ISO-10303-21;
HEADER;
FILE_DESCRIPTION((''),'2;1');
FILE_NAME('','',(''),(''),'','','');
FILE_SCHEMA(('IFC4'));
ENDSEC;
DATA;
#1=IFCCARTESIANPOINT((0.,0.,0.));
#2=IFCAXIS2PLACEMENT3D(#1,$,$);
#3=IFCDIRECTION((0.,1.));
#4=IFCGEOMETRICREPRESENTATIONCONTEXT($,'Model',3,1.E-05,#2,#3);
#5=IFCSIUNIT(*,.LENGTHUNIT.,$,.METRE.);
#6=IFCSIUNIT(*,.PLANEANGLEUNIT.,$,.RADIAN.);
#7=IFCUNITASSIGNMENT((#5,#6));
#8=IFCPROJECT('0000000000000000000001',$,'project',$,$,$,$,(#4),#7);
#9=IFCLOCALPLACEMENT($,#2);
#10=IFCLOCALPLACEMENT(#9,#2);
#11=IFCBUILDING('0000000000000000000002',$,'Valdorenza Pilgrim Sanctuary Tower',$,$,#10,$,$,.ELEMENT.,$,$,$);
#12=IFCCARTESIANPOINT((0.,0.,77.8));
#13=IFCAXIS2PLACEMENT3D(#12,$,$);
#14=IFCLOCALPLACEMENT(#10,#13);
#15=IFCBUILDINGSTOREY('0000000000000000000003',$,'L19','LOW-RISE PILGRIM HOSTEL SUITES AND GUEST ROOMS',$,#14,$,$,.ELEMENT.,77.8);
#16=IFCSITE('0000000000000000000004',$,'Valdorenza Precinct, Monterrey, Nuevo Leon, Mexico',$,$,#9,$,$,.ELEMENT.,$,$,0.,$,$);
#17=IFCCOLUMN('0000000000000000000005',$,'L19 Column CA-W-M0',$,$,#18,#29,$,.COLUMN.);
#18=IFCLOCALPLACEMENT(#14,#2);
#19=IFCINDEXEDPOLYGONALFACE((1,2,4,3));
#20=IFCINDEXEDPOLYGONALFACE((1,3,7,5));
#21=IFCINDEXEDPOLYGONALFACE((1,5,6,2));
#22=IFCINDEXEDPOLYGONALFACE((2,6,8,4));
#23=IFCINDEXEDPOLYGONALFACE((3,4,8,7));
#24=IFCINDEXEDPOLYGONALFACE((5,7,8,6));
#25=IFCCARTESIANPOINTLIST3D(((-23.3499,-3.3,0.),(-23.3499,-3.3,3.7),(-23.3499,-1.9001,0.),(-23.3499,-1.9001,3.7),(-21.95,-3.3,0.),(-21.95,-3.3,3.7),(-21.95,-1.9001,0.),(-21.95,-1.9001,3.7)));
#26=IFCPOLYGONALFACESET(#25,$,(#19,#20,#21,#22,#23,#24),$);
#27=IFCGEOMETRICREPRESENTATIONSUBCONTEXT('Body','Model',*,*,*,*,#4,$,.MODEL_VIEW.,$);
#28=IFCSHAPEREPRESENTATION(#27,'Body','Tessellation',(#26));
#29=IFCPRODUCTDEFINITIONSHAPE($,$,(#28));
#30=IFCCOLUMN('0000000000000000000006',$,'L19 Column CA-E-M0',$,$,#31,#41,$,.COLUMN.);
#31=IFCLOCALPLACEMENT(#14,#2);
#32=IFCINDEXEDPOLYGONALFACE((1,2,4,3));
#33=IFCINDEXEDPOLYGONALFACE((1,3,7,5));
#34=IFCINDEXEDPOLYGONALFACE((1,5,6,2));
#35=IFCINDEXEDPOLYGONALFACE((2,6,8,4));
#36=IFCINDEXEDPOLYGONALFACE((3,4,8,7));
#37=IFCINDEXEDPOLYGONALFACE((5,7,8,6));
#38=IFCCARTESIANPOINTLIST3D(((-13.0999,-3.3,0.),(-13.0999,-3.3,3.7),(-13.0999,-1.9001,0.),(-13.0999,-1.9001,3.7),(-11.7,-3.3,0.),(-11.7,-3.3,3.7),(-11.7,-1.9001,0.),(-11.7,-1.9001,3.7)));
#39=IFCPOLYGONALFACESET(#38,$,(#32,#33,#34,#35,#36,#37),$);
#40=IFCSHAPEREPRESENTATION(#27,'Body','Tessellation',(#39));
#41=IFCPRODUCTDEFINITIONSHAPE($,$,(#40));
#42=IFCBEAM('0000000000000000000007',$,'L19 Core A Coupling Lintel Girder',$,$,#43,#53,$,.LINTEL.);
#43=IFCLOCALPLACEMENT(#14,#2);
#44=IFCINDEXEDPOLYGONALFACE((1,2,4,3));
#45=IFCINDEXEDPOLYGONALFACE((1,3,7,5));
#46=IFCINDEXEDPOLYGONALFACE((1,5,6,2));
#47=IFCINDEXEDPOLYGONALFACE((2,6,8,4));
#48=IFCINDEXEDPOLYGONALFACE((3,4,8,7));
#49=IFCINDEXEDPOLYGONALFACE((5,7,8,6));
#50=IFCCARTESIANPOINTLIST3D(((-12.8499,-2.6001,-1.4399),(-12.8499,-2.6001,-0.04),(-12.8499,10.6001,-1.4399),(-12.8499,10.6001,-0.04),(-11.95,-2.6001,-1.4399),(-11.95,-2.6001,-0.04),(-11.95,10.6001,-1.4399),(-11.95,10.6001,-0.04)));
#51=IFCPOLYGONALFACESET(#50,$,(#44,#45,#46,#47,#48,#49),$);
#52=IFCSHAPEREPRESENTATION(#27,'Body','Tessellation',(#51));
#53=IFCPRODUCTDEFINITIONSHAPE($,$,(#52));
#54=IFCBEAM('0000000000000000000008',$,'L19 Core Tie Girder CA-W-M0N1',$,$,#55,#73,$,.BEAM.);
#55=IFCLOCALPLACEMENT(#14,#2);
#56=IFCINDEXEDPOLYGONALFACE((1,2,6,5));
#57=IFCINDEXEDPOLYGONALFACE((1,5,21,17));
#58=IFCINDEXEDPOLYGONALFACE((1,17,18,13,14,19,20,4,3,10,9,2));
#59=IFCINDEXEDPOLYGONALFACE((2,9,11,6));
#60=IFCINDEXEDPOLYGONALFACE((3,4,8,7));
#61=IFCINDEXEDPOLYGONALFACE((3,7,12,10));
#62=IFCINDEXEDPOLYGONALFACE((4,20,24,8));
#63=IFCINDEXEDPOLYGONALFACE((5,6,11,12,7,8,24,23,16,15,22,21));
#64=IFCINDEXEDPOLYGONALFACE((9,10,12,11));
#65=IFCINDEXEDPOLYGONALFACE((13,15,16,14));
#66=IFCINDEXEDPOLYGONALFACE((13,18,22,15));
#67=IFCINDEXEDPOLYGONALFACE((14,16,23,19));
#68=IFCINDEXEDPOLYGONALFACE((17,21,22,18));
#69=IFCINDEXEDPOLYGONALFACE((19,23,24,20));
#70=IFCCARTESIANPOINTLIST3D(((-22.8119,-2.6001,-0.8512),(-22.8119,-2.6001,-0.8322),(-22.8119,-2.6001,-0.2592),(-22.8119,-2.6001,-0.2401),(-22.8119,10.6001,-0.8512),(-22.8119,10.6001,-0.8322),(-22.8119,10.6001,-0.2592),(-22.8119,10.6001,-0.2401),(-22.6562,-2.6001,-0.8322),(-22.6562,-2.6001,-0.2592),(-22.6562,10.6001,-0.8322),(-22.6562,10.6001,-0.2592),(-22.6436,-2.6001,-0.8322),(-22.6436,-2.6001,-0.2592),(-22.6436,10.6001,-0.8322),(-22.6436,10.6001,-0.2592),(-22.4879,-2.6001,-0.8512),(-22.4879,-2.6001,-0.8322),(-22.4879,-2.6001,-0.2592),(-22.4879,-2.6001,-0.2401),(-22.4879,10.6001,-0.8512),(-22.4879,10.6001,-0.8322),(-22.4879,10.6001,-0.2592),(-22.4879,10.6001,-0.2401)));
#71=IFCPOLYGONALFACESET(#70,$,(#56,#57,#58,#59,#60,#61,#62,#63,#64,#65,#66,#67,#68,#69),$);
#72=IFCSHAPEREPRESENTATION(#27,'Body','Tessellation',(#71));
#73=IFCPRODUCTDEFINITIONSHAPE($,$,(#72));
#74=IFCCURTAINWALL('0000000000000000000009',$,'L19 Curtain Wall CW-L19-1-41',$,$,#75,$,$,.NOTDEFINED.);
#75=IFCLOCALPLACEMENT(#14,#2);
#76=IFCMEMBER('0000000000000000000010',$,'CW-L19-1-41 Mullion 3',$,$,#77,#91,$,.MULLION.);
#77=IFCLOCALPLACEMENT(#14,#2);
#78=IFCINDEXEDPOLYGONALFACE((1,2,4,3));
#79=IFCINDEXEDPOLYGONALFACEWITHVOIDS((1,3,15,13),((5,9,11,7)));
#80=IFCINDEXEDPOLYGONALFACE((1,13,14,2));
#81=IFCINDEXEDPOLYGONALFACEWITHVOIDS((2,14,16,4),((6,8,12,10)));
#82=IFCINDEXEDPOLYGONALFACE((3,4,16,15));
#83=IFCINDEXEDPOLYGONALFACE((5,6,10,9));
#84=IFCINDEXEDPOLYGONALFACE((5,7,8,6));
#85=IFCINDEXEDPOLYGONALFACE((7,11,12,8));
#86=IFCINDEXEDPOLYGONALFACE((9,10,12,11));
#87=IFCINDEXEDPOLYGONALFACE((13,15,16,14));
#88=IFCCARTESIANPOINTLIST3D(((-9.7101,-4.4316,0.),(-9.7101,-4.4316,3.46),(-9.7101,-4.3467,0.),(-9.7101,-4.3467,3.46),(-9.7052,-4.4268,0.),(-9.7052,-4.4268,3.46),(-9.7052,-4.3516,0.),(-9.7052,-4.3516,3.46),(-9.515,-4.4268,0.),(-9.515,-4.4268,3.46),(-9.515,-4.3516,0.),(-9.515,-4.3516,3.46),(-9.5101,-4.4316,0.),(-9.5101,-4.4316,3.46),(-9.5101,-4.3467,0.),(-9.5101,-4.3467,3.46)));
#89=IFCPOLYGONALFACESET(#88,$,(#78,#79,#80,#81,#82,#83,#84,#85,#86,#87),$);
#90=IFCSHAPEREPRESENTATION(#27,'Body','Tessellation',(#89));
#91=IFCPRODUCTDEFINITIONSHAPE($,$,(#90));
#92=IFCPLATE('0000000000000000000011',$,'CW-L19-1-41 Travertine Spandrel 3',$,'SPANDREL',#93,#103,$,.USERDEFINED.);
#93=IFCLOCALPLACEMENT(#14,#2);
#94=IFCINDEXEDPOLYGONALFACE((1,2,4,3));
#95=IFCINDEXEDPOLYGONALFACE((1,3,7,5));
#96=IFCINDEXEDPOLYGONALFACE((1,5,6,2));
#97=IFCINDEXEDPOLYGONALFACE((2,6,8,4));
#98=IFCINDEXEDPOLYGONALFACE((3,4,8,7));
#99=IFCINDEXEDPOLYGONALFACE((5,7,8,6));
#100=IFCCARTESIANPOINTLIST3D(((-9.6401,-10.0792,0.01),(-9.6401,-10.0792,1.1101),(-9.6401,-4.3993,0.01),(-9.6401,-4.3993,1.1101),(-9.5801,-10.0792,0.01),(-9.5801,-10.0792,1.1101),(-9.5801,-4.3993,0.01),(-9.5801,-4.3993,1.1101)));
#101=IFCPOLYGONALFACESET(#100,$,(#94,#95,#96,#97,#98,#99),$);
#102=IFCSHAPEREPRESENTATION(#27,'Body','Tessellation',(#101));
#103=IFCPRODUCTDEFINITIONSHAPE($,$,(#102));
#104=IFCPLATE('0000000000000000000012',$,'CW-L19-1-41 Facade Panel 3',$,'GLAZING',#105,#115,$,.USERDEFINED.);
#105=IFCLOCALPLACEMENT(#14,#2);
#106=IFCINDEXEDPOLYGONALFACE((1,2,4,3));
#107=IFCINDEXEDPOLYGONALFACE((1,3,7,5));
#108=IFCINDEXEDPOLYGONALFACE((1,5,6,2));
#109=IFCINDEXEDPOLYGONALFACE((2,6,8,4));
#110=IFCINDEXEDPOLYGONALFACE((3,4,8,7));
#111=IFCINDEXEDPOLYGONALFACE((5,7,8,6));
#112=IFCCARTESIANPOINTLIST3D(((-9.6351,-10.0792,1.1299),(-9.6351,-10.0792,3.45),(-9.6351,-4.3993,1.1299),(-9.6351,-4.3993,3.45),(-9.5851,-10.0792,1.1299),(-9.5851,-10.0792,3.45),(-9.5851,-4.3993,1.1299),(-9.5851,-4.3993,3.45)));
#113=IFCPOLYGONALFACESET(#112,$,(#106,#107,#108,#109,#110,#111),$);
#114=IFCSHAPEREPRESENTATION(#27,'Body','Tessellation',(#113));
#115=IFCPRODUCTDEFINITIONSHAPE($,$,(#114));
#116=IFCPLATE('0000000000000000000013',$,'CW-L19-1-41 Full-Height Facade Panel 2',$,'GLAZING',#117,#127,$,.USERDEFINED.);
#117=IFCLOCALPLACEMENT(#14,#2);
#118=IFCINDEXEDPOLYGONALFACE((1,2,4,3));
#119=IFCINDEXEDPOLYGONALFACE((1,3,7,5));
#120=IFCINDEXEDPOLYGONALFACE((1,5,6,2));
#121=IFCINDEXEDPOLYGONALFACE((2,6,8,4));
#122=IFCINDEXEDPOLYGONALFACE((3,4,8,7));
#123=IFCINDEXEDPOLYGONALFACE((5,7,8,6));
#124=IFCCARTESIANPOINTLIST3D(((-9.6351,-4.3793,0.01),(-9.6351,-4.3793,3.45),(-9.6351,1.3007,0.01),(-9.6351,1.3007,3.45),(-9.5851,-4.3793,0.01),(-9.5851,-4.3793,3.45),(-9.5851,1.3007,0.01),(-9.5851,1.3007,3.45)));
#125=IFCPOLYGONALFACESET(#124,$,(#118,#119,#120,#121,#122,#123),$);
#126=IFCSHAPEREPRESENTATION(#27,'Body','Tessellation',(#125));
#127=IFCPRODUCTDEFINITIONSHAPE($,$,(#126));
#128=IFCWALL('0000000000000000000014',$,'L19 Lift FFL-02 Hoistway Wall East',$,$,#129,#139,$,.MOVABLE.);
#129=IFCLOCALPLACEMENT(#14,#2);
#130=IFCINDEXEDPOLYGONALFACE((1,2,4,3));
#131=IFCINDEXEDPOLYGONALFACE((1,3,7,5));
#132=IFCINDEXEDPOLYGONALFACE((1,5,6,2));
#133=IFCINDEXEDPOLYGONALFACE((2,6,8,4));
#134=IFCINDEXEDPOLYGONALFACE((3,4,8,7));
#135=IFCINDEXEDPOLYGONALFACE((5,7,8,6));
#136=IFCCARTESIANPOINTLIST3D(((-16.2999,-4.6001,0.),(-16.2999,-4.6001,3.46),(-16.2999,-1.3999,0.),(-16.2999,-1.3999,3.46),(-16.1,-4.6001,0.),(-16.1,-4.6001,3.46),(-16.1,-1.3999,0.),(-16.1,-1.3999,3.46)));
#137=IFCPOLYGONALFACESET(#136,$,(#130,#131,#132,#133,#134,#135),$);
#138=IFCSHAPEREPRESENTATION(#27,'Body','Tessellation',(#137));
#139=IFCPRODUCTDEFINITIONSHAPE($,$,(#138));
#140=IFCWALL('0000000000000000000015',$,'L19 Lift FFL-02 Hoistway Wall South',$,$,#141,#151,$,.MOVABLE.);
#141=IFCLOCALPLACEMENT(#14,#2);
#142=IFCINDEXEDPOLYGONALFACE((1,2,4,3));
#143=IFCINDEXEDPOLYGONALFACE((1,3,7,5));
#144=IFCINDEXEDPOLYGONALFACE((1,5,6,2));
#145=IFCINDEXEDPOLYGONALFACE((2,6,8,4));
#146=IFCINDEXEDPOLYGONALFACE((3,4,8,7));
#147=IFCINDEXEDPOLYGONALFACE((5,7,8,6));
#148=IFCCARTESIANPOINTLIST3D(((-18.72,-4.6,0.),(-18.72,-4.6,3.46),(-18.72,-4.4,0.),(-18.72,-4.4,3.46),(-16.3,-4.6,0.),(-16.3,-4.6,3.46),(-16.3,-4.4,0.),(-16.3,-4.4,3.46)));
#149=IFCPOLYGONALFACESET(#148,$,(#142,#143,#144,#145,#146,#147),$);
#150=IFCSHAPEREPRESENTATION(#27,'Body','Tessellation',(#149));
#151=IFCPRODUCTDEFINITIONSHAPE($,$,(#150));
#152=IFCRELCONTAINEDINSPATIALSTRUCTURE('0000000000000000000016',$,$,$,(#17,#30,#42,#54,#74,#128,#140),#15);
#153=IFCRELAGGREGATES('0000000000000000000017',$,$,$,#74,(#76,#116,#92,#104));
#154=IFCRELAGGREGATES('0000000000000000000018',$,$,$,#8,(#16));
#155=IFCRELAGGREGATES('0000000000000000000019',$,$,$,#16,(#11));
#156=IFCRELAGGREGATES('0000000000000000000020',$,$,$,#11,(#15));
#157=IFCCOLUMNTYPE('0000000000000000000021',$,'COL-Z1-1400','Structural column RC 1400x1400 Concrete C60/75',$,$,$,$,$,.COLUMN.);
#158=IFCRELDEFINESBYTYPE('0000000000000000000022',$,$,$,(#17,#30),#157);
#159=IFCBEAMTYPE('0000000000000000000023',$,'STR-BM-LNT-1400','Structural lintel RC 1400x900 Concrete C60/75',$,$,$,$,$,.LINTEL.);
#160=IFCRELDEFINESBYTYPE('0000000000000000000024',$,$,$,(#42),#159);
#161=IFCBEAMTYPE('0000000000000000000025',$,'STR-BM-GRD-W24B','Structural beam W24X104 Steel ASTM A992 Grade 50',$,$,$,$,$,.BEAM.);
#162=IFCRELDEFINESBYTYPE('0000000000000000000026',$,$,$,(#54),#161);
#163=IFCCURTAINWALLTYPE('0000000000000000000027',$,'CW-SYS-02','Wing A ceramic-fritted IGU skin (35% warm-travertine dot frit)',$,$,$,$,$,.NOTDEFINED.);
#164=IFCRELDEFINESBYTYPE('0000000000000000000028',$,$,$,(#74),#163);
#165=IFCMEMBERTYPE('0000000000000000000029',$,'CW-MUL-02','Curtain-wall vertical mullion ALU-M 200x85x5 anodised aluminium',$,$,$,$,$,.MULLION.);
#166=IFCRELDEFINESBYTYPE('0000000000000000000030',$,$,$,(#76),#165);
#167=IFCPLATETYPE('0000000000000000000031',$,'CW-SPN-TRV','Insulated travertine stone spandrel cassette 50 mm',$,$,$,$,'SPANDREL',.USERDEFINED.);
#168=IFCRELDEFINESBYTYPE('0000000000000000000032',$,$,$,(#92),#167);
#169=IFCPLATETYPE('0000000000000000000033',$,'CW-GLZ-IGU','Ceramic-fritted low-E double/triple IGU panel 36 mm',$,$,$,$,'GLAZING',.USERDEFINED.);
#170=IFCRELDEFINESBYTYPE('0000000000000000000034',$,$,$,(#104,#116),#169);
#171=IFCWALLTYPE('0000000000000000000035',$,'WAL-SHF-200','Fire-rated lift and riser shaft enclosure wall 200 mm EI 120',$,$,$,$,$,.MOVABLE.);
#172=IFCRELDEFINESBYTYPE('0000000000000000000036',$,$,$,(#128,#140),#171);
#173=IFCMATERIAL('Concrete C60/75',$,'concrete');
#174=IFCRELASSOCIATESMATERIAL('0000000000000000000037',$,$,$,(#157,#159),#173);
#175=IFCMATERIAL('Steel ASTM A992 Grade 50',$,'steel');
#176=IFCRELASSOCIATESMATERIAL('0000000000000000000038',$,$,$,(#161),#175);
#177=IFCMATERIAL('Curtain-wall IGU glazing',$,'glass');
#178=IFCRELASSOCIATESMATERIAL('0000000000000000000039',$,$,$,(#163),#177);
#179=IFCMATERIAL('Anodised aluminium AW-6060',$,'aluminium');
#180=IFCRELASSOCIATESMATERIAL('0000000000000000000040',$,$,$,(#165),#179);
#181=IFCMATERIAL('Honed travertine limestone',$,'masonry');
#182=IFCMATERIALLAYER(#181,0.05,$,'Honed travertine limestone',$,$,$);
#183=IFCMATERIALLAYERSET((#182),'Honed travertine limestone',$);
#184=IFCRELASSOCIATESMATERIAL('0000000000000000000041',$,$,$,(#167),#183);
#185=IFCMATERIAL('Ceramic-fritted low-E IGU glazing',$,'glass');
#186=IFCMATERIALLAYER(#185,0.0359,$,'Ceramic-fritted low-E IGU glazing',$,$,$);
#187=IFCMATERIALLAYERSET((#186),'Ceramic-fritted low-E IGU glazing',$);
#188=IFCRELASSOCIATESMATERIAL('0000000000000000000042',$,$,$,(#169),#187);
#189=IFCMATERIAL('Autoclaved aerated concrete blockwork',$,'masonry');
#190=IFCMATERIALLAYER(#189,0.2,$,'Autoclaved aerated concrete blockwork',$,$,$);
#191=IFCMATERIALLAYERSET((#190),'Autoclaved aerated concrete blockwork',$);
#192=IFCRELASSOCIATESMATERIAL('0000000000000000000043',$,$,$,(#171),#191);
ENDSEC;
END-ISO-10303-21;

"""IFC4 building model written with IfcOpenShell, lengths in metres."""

from ifc_helpers import new_model, si_unit, direction, frame, frame_2d, origin, origin_2d, place, context, subcontext, project, spatial, rectangle, hollow_rectangle, i_section, extrude, source, transform, mapped, material, layer, layer_set, material_profile, profile_set, type_object, element, aggregate, save


model = new_model("IFC4")

# Units and contexts
model_context = context("Model", 3, precision=1e-05, world=origin(), true_north=direction((0.0, 1.0)))
body_context = subcontext(model_context, "Body", "Model", "MODEL_VIEW")
ifc_project = project(units=[si_unit("LENGTHUNIT", "METRE"), si_unit("PLANEANGLEUNIT", "RADIAN")], contexts=[model_context])

# Site, building, storey
site_placement = place(None, origin())
site = spatial("IfcSite", under=ifc_project, at=site_placement, Name="Valdorenza Precinct, Monterrey, Nuevo Leon, Mexico", CompositionType="ELEMENT", RefElevation=0.0)
building_placement = place(site_placement, origin())
building = spatial("IfcBuilding", under=site, at=building_placement, Name="Valdorenza Pilgrim Sanctuary Tower", CompositionType="ELEMENT")
storey_placement = place(building_placement, frame((0.0, 0.0, 77.8)))
storey = spatial("IfcBuildingStorey", under=building, at=storey_placement, Name="L19", Description="LOW-RISE PILGRIM HOSTEL SUITES AND GUEST ROOMS", CompositionType="ELEMENT", Elevation=77.8)

# Columns
ifc_material_1 = material(Name="Concrete C60/75", Category="concrete")
ifc_material_profile_1 = material_profile(ifc_material_1, rectangle(XDim=1.3999, YDim=1.3999, at=origin_2d()), Name="RC 1400x1400")
ifc_profile_set_1 = profile_set([ifc_material_profile_1], Name="Concrete C60/75")
column_type = type_object("IfcColumnType", Name="COL-Z1-1400", Description="Structural column RC 1400x1400 Concrete C60/75", PredefinedType="COLUMN", material=ifc_profile_set_1)
shared_shape_1 = source(origin(), body_context, "Body", "SweptSolid", [
    extrude(rectangle(XDim=1.3999, YDim=1.3999, at=origin_2d()), origin(), (0.0, 0.0, 1.0), 3.7),
])
for number, where, z_axis, x_axis, name in (
    (1, (-22.6499, -2.6001, 0.0), (0.0, 0.0, 1.0), (1.0, 0.0, 0.0), "L19 Column CA-W-M0"),
    (2, (-12.3999, -2.6001, 0.0), (0.0, 0.0, 1.0), (1.0, 0.0, 0.0), "L19 Column CA-E-M0"),
):
    element("IfcColumn", number, at=place(storey_placement, frame(where, z_axis=z_axis, x_axis=x_axis)), inside=storey, type_object=column_type, Name=name, PredefinedType="COLUMN", context=body_context, shape_type="MappedRepresentation", body=[
        mapped(shared_shape_1, transform((0.0, 0.0, 0.0), x_axis=(1.0, 0.0, 0.0), y_axis=(0.0, 1.0, 0.0), z_axis=(0.0, 0.0, 1.0), scale=1.0)),
    ])

# Beams
ifc_material_profile_2 = material_profile(ifc_material_1, rectangle(XDim=0.8999, YDim=1.3999, at=origin_2d()), Name="RC 1400x900")
ifc_profile_set_2 = profile_set([ifc_material_profile_2], Name="Concrete C60/75")
beam_type_1 = type_object("IfcBeamType", Name="STR-BM-LNT-1400", Description="Structural lintel RC 1400x900 Concrete C60/75", PredefinedType="LINTEL", material=ifc_profile_set_2)
shared_shape_2 = source(origin(), body_context, "Body", "SweptSolid", [
    extrude(rectangle(XDim=0.8999, YDim=1.3999, at=origin_2d()), origin(), (0.0, 0.0, 1.0), 13.2002),
])
beam_1_placement = place(storey_placement, frame((-12.3999, -2.6001, -0.74), z_axis=(0.0, 1.0, 0.0), x_axis=(-1.0, 0.0, 0.0)))
element("IfcBeam", 3, at=beam_1_placement, inside=storey, type_object=beam_type_1, Name="L19 Core A Coupling Lintel Girder", PredefinedType="LINTEL", context=body_context, shape_type="MappedRepresentation", body=[
    mapped(shared_shape_2, transform((0.0, 0.0, 0.0), x_axis=(1.0, 0.0, 0.0), y_axis=(0.0, 1.0, 0.0), z_axis=(0.0, 0.0, 1.0), scale=1.0)),
])
ifc_material_2 = material(Name="Steel ASTM A992 Grade 50", Category="steel")
ifc_material_profile_3 = material_profile(ifc_material_2, i_section(OverallWidth=0.324, OverallDepth=0.6111, WebThickness=0.0127, FlangeThickness=0.019, at=origin_2d()), Name="W24X104")
ifc_profile_set_3 = profile_set([ifc_material_profile_3], Name="Steel ASTM A992 Grade 50")
beam_type_2 = type_object("IfcBeamType", Name="STR-BM-GRD-W24B", Description="Structural beam W24X104 Steel ASTM A992 Grade 50", PredefinedType="BEAM", material=ifc_profile_set_3)
shared_shape_3 = source(origin(), body_context, "Body", "SweptSolid", [
    extrude(i_section(OverallWidth=0.324, OverallDepth=0.6111, WebThickness=0.0127, FlangeThickness=0.019, at=origin_2d()), origin(), (0.0, 0.0, 1.0), 13.2002),
])
beam_2_placement = place(storey_placement, frame((-22.6499, -2.6001, -0.5457), z_axis=(0.0, 1.0, 0.0), x_axis=(-1.0, 0.0, 0.0)))
element("IfcBeam", 4, at=beam_2_placement, inside=storey, type_object=beam_type_2, Name="L19 Core Tie Girder CA-W-M0N1", PredefinedType="BEAM", context=body_context, shape_type="MappedRepresentation", body=[
    mapped(shared_shape_3, transform((0.0, 0.0, 0.0), x_axis=(1.0, 0.0, 0.0), y_axis=(0.0, 1.0, 0.0), z_axis=(0.0, 0.0, 1.0), scale=1.0)),
])

# Curtain wall, member, plates
ifc_material_3 = material(Name="Curtain-wall IGU glazing", Category="glass")
curtain_wall_type = type_object("IfcCurtainWallType", Name="CW-SYS-02", Description="Wing A ceramic-fritted IGU skin (35% warm-travertine dot frit)", PredefinedType="NOTDEFINED", material=ifc_material_3)
curtain_wall_placement = place(storey_placement, origin())
curtain_wall = element("IfcCurtainWall", 5, at=curtain_wall_placement, inside=storey, type_object=curtain_wall_type, Name="L19 Curtain Wall CW-L19-1-41", PredefinedType="NOTDEFINED")
ifc_material_4 = material(Name="Anodised aluminium AW-6060", Category="aluminium")
ifc_material_profile_4 = material_profile(ifc_material_4, hollow_rectangle(XDim=0.085, YDim=0.2, WallThickness=0.0049, at=origin_2d()), Name="ALU-M 200x85x5")
ifc_profile_set_4 = profile_set([ifc_material_profile_4], Name="Anodised aluminium AW-6060")
member_type = type_object("IfcMemberType", Name="CW-MUL-02", Description="Curtain-wall vertical mullion ALU-M 200x85x5 anodised aluminium", PredefinedType="MULLION", material=ifc_profile_set_4)
shared_shape_4 = source(origin(), body_context, "Body", "SweptSolid", [
    extrude(hollow_rectangle(XDim=0.085, YDim=0.2, WallThickness=0.0049, at=origin_2d()), origin(), (0.0, 0.0, 1.0), 3.46),
])
member_placement = place(storey_placement, frame((-9.6101, -4.3892, 0.0), z_axis=(0.0, 0.0, 1.0), x_axis=(0.0, -1.0, 0.0)))
member = element("IfcMember", 6, at=member_placement, type_object=member_type, Name="CW-L19-1-41 Mullion 3", PredefinedType="MULLION", context=body_context, shape_type="MappedRepresentation", body=[
    mapped(shared_shape_4, transform((0.0, 0.0, 0.0), x_axis=(1.0, 0.0, 0.0), y_axis=(0.0, 1.0, 0.0), z_axis=(0.0, 0.0, 1.0), scale=1.0)),
])
ifc_material_5 = material(Name="Honed travertine limestone", Category="masonry")
ifc_layer_1 = layer(ifc_material_5, 0.05, Name="Honed travertine limestone")
ifc_layer_set_1 = layer_set([ifc_layer_1], Name="Honed travertine limestone")
plate_type_1 = type_object("IfcPlateType", Name="CW-SPN-TRV", Description="Insulated travertine stone spandrel cassette 50 mm", ElementType="SPANDREL", PredefinedType="USERDEFINED", material=ifc_layer_set_1)
shared_shape_5 = source(origin(), body_context, "Body", "SweptSolid", [
    extrude(rectangle(XDim=5.6799, YDim=0.0601, at=origin_2d()), origin(), (0.0, 0.0, 1.0), 1.1001),
])
plate_1_placement = place(storey_placement, frame((-9.6101, -7.2393, 0.01), z_axis=(0.0, 0.0, 1.0), x_axis=(0.0, -1.0, 0.0)))
plate_1 = element("IfcPlate", 7, at=plate_1_placement, type_object=plate_type_1, Name="CW-L19-1-41 Travertine Spandrel 3", ObjectType="SPANDREL", PredefinedType="USERDEFINED", context=body_context, shape_type="MappedRepresentation", body=[
    mapped(shared_shape_5, transform((0.0, 0.0, 0.0), x_axis=(1.0, 0.0, 0.0), y_axis=(0.0, 1.0, 0.0), z_axis=(0.0, 0.0, 1.0), scale=1.0)),
])
ifc_material_6 = material(Name="Ceramic-fritted low-E IGU glazing", Category="glass")
ifc_layer_2 = layer(ifc_material_6, 0.0359, Name="Ceramic-fritted low-E IGU glazing")
ifc_layer_set_2 = layer_set([ifc_layer_2], Name="Ceramic-fritted low-E IGU glazing")
plate_type_2 = type_object("IfcPlateType", Name="CW-GLZ-IGU", Description="Ceramic-fritted low-E double/triple IGU panel 36 mm", ElementType="GLAZING", PredefinedType="USERDEFINED", material=ifc_layer_set_2)
shared_shape_6 = source(origin(), body_context, "Body", "SweptSolid", [
    extrude(rectangle(XDim=5.6799, YDim=0.05, at=origin_2d()), origin(), (0.0, 0.0, 1.0), 2.3201),
])
plate_2_placement = place(storey_placement, frame((-9.6101, -7.2393, 1.1299), z_axis=(0.0, 0.0, 1.0), x_axis=(0.0, -1.0, 0.0)))
plate_2 = element("IfcPlate", 8, at=plate_2_placement, type_object=plate_type_2, Name="CW-L19-1-41 Facade Panel 3", ObjectType="GLAZING", PredefinedType="USERDEFINED", context=body_context, shape_type="MappedRepresentation", body=[
    mapped(shared_shape_6, transform((0.0, 0.0, 0.0), x_axis=(1.0, 0.0, 0.0), y_axis=(0.0, 1.0, 0.0), z_axis=(0.0, 0.0, 1.0), scale=1.0)),
])
shared_shape_7 = source(origin(), body_context, "Body", "SweptSolid", [
    extrude(rectangle(XDim=5.6799, YDim=0.05, at=origin_2d()), origin(), (0.0, 0.0, 1.0), 3.4399),
])
plate_3_placement = place(storey_placement, frame((-9.6101, -1.5393, 0.01), z_axis=(0.0, 0.0, 1.0), x_axis=(0.0, -1.0, 0.0)))
plate_3 = element("IfcPlate", 9, at=plate_3_placement, type_object=plate_type_2, Name="CW-L19-1-41 Full-Height Facade Panel 2", ObjectType="GLAZING", PredefinedType="USERDEFINED", context=body_context, shape_type="MappedRepresentation", body=[
    mapped(shared_shape_7, transform((0.0, 0.0, 0.0), x_axis=(1.0, 0.0, 0.0), y_axis=(0.0, 1.0, 0.0), z_axis=(0.0, 0.0, 1.0), scale=1.0)),
])
aggregate(curtain_wall, [member, plate_3, plate_1, plate_2])

# Walls
ifc_material_7 = material(Name="Autoclaved aerated concrete blockwork", Category="masonry")
ifc_layer_3 = layer(ifc_material_7, 0.2, Name="Autoclaved aerated concrete blockwork")
ifc_layer_set_3 = layer_set([ifc_layer_3], Name="Autoclaved aerated concrete blockwork")
wall_type_1 = type_object("IfcWallType", Name="WAL-SHF-200", Description="Fire-rated lift and riser shaft enclosure wall 200 mm EI 120", PredefinedType="MOVABLE", material=ifc_layer_set_3)
wall_1_placement = place(storey_placement, frame((-16.2, -4.6001, 0.0), z_axis=(0.0, 0.0, 1.0), x_axis=(0.0, 1.0, 0.0)))
element("IfcWall", 10, at=wall_1_placement, inside=storey, type_object=wall_type_1, Name="L19 Lift FFL-02 Hoistway Wall East", PredefinedType="MOVABLE", context=body_context, shape_type="SweptSolid", body=[
    extrude(rectangle(XDim=3.2002, YDim=0.2, at=frame_2d((1.6001, 0.0))), origin(), (0.0, 0.0, 1.0), 3.46),
])
wall_2_placement = place(storey_placement, frame((-18.72, -4.5, 0.0), z_axis=(0.0, 0.0, 1.0), x_axis=(1.0, 0.0, 0.0)))
element("IfcWall", 11, at=wall_2_placement, inside=storey, type_object=wall_type_1, Name="L19 Lift FFL-02 Hoistway Wall South", PredefinedType="MOVABLE", context=body_context, shape_type="SweptSolid", body=[
    extrude(rectangle(XDim=2.4199, YDim=0.2, at=frame_2d((1.21, 0.0))), origin(), (0.0, 0.0, 1.0), 3.46),
])

save(model, "model.ifc")
